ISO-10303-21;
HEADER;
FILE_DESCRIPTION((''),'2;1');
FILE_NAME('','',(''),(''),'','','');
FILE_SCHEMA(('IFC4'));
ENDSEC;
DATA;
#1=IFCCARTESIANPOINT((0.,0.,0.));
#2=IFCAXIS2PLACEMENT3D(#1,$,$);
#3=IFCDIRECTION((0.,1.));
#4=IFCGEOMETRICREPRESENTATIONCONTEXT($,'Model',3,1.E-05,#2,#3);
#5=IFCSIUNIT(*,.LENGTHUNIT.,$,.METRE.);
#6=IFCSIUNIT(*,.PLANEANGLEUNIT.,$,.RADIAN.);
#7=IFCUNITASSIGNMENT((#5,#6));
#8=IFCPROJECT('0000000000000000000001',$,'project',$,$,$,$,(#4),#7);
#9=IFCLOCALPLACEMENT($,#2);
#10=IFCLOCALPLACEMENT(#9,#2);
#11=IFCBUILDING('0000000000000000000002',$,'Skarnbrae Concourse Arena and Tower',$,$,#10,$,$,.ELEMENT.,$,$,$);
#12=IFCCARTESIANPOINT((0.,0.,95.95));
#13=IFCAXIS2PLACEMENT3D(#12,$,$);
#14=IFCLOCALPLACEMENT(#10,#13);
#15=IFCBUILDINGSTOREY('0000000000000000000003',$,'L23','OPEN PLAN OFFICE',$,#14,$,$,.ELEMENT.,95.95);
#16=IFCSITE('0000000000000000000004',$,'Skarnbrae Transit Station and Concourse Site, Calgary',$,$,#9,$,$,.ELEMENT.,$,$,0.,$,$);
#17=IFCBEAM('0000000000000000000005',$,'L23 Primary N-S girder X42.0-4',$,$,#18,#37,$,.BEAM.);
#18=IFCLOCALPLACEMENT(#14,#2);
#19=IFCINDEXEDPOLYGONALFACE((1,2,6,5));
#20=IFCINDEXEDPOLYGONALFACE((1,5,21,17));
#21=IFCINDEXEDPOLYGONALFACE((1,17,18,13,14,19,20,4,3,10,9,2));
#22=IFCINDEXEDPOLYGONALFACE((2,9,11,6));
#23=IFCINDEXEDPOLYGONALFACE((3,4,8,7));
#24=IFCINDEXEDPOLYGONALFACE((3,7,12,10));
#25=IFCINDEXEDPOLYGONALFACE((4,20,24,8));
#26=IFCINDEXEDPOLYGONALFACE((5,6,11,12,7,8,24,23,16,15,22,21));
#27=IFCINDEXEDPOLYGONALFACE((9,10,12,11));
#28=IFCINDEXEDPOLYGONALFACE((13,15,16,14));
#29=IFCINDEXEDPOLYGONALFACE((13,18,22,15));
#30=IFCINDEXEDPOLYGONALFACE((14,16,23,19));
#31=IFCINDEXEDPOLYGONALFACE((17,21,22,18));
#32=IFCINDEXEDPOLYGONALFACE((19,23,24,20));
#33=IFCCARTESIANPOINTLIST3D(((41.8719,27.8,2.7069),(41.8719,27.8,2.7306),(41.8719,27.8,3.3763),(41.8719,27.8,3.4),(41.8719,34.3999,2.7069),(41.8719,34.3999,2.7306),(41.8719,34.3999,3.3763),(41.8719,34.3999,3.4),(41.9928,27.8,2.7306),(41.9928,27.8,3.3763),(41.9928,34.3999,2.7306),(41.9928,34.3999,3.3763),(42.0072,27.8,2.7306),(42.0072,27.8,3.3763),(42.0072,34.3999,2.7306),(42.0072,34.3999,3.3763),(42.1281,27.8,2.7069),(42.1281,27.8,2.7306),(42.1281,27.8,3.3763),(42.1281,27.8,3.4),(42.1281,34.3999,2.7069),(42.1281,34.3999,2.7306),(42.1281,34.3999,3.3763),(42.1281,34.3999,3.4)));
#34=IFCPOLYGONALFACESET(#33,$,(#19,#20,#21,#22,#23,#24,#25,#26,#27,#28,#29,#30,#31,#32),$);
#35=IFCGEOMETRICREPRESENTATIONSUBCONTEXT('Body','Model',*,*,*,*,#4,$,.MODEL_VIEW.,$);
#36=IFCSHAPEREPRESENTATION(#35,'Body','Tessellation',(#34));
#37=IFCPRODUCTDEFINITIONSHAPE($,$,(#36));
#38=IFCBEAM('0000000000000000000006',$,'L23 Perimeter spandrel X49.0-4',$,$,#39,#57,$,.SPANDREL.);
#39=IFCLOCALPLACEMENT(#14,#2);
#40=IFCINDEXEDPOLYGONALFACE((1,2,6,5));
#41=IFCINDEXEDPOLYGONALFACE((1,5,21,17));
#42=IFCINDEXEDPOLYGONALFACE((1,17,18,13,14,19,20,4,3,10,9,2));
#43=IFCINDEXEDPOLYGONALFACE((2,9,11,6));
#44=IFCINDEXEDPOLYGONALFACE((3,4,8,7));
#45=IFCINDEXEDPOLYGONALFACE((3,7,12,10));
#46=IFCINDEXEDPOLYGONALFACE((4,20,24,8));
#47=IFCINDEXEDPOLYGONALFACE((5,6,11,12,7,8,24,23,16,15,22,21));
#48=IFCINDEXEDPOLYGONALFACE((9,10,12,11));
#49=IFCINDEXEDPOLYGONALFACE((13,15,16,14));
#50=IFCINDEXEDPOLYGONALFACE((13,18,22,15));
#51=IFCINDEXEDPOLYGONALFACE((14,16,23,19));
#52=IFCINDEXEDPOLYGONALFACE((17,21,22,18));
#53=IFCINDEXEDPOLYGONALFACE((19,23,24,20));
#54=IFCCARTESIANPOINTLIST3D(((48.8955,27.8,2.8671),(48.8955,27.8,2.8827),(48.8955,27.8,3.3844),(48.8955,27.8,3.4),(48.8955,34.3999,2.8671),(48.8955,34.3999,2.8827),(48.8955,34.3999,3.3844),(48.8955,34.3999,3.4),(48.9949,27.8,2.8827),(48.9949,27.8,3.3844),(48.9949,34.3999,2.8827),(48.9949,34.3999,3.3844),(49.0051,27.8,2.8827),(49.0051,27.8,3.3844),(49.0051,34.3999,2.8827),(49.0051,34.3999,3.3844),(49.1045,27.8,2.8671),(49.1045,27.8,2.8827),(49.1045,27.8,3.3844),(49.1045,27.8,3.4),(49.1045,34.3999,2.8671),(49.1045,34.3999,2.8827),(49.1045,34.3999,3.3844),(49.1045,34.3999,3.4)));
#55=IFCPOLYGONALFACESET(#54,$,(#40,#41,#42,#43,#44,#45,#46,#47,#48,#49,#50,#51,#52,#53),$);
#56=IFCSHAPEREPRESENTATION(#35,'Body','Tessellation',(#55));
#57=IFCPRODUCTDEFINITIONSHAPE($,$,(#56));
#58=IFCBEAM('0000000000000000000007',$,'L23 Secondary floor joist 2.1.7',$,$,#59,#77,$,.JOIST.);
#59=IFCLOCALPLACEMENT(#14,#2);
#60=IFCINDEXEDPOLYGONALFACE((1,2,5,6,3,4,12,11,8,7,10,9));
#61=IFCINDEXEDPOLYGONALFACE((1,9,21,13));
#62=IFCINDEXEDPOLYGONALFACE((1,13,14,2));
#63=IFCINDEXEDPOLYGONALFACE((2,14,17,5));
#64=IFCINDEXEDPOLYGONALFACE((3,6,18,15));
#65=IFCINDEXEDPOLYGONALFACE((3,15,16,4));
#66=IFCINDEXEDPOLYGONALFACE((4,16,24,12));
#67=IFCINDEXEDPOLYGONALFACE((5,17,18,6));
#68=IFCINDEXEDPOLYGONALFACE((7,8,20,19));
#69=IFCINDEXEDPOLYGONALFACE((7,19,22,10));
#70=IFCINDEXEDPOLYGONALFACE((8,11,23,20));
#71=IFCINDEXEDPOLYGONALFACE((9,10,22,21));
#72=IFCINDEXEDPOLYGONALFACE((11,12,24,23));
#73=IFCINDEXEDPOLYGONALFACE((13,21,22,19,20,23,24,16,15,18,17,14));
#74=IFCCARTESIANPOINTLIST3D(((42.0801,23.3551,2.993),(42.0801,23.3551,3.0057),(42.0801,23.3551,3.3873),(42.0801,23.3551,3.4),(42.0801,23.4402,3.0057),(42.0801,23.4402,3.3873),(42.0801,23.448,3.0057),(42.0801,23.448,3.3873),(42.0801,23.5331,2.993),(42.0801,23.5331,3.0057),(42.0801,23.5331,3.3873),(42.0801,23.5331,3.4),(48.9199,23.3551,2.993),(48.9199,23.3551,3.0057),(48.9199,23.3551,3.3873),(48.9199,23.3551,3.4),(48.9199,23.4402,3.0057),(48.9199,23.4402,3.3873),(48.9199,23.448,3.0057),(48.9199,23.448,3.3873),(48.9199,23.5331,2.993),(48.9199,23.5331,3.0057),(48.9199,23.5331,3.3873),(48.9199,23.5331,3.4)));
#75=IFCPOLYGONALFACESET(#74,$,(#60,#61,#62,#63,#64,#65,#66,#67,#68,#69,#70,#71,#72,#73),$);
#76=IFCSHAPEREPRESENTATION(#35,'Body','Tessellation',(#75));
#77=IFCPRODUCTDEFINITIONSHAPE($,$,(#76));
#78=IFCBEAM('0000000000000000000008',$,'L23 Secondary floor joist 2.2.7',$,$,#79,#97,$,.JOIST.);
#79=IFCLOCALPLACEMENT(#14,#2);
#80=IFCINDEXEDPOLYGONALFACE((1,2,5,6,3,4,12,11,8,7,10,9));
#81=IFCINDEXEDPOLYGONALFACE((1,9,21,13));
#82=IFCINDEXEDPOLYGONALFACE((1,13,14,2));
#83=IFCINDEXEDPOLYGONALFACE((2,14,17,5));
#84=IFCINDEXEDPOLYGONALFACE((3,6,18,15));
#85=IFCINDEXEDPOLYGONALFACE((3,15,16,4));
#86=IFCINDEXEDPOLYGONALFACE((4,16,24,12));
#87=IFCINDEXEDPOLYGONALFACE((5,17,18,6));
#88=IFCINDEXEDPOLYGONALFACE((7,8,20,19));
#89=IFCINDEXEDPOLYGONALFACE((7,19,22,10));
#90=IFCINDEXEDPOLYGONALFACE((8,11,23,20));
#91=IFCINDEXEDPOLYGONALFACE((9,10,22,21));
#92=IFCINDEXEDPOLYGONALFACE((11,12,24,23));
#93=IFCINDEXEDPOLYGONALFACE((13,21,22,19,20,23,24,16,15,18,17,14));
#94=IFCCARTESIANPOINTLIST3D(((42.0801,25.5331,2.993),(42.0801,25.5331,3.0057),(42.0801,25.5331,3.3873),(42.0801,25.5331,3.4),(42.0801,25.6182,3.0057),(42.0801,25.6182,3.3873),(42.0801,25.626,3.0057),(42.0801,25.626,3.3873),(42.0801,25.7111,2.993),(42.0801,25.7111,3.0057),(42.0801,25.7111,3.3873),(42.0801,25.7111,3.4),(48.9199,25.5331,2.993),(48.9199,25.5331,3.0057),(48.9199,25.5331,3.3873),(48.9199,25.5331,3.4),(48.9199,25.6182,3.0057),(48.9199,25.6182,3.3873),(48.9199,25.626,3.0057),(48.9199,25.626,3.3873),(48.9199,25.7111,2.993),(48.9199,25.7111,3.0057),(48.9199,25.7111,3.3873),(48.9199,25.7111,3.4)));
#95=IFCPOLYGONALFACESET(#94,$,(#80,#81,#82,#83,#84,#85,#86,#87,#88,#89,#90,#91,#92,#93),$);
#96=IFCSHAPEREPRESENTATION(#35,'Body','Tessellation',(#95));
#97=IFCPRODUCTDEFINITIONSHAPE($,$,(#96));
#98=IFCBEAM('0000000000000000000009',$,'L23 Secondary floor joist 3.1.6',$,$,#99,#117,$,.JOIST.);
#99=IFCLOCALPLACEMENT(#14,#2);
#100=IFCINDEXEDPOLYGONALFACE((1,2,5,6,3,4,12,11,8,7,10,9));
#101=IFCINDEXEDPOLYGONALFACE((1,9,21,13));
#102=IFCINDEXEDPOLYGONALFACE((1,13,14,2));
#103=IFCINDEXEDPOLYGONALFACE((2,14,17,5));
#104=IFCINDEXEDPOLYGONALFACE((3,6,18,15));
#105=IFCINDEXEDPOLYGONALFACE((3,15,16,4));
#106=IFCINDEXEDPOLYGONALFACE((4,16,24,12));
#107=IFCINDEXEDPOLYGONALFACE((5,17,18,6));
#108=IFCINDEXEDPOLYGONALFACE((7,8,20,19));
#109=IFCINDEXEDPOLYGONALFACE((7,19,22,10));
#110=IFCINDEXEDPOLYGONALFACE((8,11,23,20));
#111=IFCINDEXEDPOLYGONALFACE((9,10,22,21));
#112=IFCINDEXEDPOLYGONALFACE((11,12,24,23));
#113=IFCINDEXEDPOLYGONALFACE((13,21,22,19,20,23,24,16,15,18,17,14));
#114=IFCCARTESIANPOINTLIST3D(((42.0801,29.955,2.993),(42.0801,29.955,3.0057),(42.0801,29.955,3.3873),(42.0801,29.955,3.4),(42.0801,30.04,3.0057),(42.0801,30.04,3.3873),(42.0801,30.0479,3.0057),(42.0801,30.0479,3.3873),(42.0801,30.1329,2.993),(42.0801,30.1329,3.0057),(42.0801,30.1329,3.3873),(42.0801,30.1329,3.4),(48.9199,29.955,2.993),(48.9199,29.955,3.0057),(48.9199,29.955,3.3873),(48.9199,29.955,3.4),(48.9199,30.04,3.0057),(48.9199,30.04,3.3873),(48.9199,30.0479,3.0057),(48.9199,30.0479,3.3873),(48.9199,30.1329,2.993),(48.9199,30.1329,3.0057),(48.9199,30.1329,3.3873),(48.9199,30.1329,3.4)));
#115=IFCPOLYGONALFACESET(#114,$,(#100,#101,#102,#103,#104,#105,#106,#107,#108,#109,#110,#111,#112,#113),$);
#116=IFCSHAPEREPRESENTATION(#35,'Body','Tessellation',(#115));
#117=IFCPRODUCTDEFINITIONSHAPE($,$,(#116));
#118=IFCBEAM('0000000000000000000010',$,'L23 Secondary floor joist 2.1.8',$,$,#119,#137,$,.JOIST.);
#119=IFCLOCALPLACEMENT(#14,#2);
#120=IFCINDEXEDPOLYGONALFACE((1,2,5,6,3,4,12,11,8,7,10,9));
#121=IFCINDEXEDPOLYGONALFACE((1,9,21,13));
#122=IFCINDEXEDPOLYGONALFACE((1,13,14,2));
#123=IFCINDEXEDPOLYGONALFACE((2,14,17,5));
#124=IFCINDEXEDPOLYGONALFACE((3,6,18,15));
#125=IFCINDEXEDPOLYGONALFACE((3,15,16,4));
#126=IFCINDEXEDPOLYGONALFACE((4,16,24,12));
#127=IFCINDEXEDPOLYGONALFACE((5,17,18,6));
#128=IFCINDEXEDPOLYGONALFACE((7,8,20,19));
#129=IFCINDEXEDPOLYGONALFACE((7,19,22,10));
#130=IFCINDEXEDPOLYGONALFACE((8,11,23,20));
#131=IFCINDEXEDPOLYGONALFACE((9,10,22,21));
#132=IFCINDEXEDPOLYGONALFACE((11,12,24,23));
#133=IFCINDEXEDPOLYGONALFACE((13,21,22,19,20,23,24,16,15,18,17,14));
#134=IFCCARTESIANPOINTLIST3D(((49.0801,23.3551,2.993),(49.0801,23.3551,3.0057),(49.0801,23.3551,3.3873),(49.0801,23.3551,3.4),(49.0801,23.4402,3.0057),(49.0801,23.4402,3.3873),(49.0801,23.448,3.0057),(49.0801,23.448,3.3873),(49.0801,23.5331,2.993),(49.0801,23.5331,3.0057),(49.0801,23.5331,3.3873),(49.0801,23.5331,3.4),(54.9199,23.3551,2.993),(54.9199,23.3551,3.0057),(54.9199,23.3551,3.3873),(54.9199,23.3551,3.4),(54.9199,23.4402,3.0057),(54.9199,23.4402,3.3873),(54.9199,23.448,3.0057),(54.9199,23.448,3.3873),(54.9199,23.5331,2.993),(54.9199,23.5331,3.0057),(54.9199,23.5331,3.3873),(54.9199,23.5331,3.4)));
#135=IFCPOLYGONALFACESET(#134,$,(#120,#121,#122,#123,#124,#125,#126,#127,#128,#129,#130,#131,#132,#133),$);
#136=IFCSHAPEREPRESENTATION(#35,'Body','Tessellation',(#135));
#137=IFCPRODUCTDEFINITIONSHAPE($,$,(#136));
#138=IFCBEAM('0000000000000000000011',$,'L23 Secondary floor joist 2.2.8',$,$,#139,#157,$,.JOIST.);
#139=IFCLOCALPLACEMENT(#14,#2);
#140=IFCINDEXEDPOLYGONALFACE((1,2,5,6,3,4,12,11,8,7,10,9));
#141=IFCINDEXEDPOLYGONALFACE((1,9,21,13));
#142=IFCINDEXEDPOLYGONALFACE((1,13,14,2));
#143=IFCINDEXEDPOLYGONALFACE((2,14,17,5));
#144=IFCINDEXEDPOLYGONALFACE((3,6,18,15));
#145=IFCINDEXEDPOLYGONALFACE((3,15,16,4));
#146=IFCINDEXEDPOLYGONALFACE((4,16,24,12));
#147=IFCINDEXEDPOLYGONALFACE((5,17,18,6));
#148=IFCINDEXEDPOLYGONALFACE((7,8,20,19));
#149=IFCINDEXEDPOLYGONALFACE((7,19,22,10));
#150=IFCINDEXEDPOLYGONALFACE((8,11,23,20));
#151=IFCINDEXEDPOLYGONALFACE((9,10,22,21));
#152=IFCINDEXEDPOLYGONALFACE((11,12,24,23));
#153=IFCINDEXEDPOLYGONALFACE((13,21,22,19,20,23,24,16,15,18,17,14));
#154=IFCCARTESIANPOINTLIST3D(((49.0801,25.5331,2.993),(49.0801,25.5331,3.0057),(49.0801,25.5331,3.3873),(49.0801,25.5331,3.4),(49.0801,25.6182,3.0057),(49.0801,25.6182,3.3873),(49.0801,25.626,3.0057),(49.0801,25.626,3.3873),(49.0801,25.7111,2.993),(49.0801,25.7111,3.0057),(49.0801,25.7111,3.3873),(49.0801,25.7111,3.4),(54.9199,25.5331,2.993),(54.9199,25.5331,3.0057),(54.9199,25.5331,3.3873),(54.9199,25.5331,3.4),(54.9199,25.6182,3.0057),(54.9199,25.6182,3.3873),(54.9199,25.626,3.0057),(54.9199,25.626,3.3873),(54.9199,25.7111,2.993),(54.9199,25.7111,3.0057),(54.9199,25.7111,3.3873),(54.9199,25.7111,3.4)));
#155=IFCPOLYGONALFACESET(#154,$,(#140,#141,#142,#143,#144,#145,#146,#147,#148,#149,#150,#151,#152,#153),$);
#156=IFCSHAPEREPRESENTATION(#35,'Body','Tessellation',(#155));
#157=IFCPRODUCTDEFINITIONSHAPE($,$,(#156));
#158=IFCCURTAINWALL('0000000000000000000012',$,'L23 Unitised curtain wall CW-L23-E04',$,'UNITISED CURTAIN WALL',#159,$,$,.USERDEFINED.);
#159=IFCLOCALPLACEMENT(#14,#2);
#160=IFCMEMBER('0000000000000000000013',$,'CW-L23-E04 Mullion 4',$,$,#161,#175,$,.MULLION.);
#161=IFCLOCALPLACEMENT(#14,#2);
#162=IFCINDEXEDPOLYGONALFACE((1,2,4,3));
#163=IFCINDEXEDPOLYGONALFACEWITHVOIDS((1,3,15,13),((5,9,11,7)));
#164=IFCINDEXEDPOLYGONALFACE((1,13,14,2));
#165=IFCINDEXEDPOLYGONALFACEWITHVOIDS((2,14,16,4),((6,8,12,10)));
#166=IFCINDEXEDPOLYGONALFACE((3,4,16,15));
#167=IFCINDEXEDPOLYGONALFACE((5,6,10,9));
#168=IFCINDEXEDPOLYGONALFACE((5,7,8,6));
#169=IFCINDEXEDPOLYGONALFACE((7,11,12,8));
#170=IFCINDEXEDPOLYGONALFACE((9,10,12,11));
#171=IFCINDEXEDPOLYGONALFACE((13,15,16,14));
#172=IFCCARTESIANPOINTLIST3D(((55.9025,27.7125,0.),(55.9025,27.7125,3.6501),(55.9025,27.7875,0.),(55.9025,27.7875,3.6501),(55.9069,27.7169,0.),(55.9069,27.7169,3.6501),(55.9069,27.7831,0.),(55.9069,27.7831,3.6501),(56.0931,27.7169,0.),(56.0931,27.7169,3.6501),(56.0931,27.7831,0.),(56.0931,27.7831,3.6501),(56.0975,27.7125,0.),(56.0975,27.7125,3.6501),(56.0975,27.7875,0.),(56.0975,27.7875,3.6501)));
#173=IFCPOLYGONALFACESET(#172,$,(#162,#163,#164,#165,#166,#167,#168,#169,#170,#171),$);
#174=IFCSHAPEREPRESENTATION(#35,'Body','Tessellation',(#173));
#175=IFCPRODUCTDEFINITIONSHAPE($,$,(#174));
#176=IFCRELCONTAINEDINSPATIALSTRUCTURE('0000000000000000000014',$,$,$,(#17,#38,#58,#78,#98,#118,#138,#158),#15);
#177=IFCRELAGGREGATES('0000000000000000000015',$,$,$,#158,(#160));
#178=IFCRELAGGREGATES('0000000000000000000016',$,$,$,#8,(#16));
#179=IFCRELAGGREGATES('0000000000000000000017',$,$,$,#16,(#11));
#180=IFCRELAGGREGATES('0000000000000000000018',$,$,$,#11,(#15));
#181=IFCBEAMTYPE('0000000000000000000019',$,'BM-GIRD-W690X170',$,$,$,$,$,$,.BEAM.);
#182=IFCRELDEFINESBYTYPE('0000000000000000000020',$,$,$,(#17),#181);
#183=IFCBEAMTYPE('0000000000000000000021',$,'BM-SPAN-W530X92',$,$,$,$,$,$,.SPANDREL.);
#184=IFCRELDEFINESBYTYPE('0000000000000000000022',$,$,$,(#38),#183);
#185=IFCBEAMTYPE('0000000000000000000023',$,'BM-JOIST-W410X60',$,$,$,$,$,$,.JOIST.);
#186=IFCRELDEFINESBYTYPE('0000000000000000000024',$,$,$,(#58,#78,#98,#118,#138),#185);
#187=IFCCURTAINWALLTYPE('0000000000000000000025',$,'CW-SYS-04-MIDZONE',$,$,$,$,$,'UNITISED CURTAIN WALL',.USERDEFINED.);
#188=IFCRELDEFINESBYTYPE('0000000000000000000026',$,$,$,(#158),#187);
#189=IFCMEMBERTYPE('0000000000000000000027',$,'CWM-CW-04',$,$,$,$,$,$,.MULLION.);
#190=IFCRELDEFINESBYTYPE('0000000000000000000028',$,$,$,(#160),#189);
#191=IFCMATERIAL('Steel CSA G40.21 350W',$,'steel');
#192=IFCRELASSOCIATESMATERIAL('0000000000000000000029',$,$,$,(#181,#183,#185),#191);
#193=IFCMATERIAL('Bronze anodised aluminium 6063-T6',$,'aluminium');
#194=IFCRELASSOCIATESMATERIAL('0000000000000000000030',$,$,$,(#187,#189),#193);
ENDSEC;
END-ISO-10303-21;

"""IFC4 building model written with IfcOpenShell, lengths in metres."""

from ifc_helpers import new_model, si_unit, direction, frame, origin, origin_2d, place, context, subcontext, project, spatial, hollow_rectangle, i_section, extrude, source, transform, mapped, material, material_profile, profile_set, type_object, element, aggregate, save


model = new_model("IFC4")

# Units and contexts
model_context = context("Model", 3, precision=1e-05, world=origin(), true_north=direction((0.0, 1.0)))
body_context = subcontext(model_context, "Body", "Model", "MODEL_VIEW")
ifc_project = project(units=[si_unit("LENGTHUNIT", "METRE"), si_unit("PLANEANGLEUNIT", "RADIAN")], contexts=[model_context])

# Site, building, storey
site_placement = place(None, origin())
site = spatial("IfcSite", under=ifc_project, at=site_placement, Name="Skarnbrae Transit Station and Concourse Site, Calgary", CompositionType="ELEMENT", RefElevation=0.0)
building_placement = place(site_placement, origin())
building = spatial("IfcBuilding", under=site, at=building_placement, Name="Skarnbrae Concourse Arena and Tower", CompositionType="ELEMENT")
storey_placement = place(building_placement, frame((0.0, 0.0, 95.95)))
storey = spatial("IfcBuildingStorey", under=building, at=storey_placement, Name="L23", Description="OPEN PLAN OFFICE", CompositionType="ELEMENT", Elevation=95.95)

# Shared definitions
ifc_material_1 = material(Name="Steel CSA G40.21 350W", Category="steel")

# Beams
ifc_material_profile_1 = material_profile(ifc_material_1, i_section(OverallWidth=0.2561, OverallDepth=0.6931, WebThickness=0.0144, FlangeThickness=0.0237, at=origin_2d()), Name="W690X170")
ifc_profile_set_1 = profile_set([ifc_material_profile_1], Name="Steel CSA G40.21 350W")
beam_type_1 = type_object("IfcBeamType", Name="BM-GIRD-W690X170", PredefinedType="BEAM", material=ifc_profile_set_1)
ifc_material_profile_2 = material_profile(ifc_material_1, i_section(OverallWidth=0.209, OverallDepth=0.533, WebThickness=0.0103, FlangeThickness=0.0156, at=origin_2d()), Name="W530X92")
ifc_profile_set_2 = profile_set([ifc_material_profile_2], Name="Steel CSA G40.21 350W")
beam_type_2 = type_object("IfcBeamType", Name="BM-SPAN-W530X92", PredefinedType="SPANDREL", material=ifc_profile_set_2)
shared_shape_1 = source(origin(), body_context, "Body", "SweptSolid", [
    extrude(i_section(OverallWidth=0.2561, OverallDepth=0.6931, WebThickness=0.0144, FlangeThickness=0.0237, at=origin_2d()), origin(), (0.0, 0.0, 1.0), 6.5999),
])
beam_1_placement = place(storey_placement, frame((42.0, 27.8, 3.0535), z_axis=(0.0, 1.0, 0.0), x_axis=(-1.0, 0.0, 0.0)))
element("IfcBeam", 1, at=beam_1_placement, inside=storey, type_object=beam_type_1, Name="L23 Primary N-S girder X42.0-4", PredefinedType="BEAM", context=body_context, shape_type="MappedRepresentation", body=[
    mapped(shared_shape_1, transform((0.0, 0.0, 0.0))),
])
shared_shape_2 = source(origin(), body_context, "Body", "SweptSolid", [
    extrude(i_section(OverallWidth=0.209, OverallDepth=0.533, WebThickness=0.0103, FlangeThickness=0.0156, at=origin_2d()), origin(), (0.0, 0.0, 1.0), 6.5999),
])
beam_2_placement = place(storey_placement, frame((49.0, 27.8, 3.1335), z_axis=(0.0, 1.0, 0.0), x_axis=(-1.0, 0.0, 0.0)))
element("IfcBeam", 2, at=beam_2_placement, inside=storey, type_object=beam_type_2, Name="L23 Perimeter spandrel X49.0-4", PredefinedType="SPANDREL", context=body_context, shape_type="MappedRepresentation", body=[
    mapped(shared_shape_2, transform((0.0, 0.0, 0.0))),
])
ifc_material_profile_3 = material_profile(ifc_material_1, i_section(OverallWidth=0.178, OverallDepth=0.407, WebThickness=0.0078, FlangeThickness=0.0127, at=origin_2d()), Name="W410X60")
ifc_profile_set_3 = profile_set([ifc_material_profile_3], Name="Steel CSA G40.21 350W")
beam_type_3 = type_object("IfcBeamType", Name="BM-JOIST-W410X60", PredefinedType="JOIST", material=ifc_profile_set_3)
shared_shape_3 = source(origin(), body_context, "Body", "SweptSolid", [
    extrude(i_section(OverallWidth=0.178, OverallDepth=0.407, WebThickness=0.0078, FlangeThickness=0.0127, at=origin_2d()), origin(), (0.0, 0.0, 1.0), 6.8398),
])
for number, where, z_axis, x_axis, name in (
    (3, (42.0801, 23.4441, 3.1965), (1.0, 0.0, 0.0), (0.0, 1.0, 0.0), "L23 Secondary floor joist 2.1.7"),
    (4, (42.0801, 25.6221, 3.1965), (1.0, 0.0, 0.0), (0.0, 1.0, 0.0), "L23 Secondary floor joist 2.2.7"),
    (5, (42.0801, 30.0439, 3.1965), (1.0, 0.0, 0.0), (0.0, 1.0, 0.0), "L23 Secondary floor joist 3.1.6"),
):
    element("IfcBeam", number, at=place(storey_placement, frame(where, z_axis=z_axis, x_axis=x_axis)), inside=storey, type_object=beam_type_3, Name=name, PredefinedType="JOIST", context=body_context, shape_type="MappedRepresentation", body=[
        mapped(shared_shape_3, transform((0.0, 0.0, 0.0))),
    ])
shared_shape_4 = source(origin(), body_context, "Body", "SweptSolid", [
    extrude(i_section(OverallWidth=0.178, OverallDepth=0.407, WebThickness=0.0078, FlangeThickness=0.0127, at=origin_2d()), origin(), (0.0, 0.0, 1.0), 5.8398),
])
for number, where, z_axis, x_axis, name in (
    (6, (49.0801, 23.4441, 3.1965), (1.0, 0.0, 0.0), (0.0, 1.0, 0.0), "L23 Secondary floor joist 2.1.8"),
    (7, (49.0801, 25.6221, 3.1965), (1.0, 0.0, 0.0), (0.0, 1.0, 0.0), "L23 Secondary floor joist 2.2.8"),
):
    element("IfcBeam", number, at=place(storey_placement, frame(where, z_axis=z_axis, x_axis=x_axis)), inside=storey, type_object=beam_type_3, Name=name, PredefinedType="JOIST", context=body_context, shape_type="MappedRepresentation", body=[
        mapped(shared_shape_4, transform((0.0, 0.0, 0.0))),
    ])

# Curtain wall, member
ifc_material_2 = material(Name="Bronze anodised aluminium 6063-T6", Category="aluminium")
curtain_wall_type = type_object("IfcCurtainWallType", Name="CW-SYS-04-MIDZONE", ElementType="UNITISED CURTAIN WALL", PredefinedType="USERDEFINED", material=ifc_material_2)
curtain_wall_placement = place(storey_placement, origin())
curtain_wall = element("IfcCurtainWall", 8, at=curtain_wall_placement, inside=storey, type_object=curtain_wall_type, Name="L23 Unitised curtain wall CW-L23-E04", ObjectType="UNITISED CURTAIN WALL", PredefinedType="USERDEFINED")
ifc_material_profile_4 = material_profile(ifc_material_2, hollow_rectangle(XDim=0.075, YDim=0.1951, WallThickness=0.0044, at=origin_2d()), Name="ALU-MULL-75X195")
ifc_profile_set_4 = profile_set([ifc_material_profile_4], Name="Bronze anodised aluminium 6063-T6")
member_type_1 = type_object("IfcMemberType", Name="CWM-CW-04", PredefinedType="MULLION", material=ifc_profile_set_4)
shared_shape_5 = source(origin(), body_context, "Body", "SweptSolid", [
    extrude(hollow_rectangle(XDim=0.075, YDim=0.1951, WallThickness=0.0044, at=origin_2d()), origin(), (0.0, 0.0, 1.0), 3.6501),
])
member_1_placement = place(storey_placement, frame((56.0, 27.75, 0.0), z_axis=(0.0, 0.0, 1.0), x_axis=(0.0, 1.0, 0.0)))
member_1 = element("IfcMember", 9, at=member_1_placement, type_object=member_type_1, Name="CW-L23-E04 Mullion 4", PredefinedType="MULLION", context=body_context, shape_type="MappedRepresentation", body=[
    mapped(shared_shape_5, transform((0.0, 0.0, 0.0))),
])
aggregate(curtain_wall, [member_1])

save(model, "model.ifc")
